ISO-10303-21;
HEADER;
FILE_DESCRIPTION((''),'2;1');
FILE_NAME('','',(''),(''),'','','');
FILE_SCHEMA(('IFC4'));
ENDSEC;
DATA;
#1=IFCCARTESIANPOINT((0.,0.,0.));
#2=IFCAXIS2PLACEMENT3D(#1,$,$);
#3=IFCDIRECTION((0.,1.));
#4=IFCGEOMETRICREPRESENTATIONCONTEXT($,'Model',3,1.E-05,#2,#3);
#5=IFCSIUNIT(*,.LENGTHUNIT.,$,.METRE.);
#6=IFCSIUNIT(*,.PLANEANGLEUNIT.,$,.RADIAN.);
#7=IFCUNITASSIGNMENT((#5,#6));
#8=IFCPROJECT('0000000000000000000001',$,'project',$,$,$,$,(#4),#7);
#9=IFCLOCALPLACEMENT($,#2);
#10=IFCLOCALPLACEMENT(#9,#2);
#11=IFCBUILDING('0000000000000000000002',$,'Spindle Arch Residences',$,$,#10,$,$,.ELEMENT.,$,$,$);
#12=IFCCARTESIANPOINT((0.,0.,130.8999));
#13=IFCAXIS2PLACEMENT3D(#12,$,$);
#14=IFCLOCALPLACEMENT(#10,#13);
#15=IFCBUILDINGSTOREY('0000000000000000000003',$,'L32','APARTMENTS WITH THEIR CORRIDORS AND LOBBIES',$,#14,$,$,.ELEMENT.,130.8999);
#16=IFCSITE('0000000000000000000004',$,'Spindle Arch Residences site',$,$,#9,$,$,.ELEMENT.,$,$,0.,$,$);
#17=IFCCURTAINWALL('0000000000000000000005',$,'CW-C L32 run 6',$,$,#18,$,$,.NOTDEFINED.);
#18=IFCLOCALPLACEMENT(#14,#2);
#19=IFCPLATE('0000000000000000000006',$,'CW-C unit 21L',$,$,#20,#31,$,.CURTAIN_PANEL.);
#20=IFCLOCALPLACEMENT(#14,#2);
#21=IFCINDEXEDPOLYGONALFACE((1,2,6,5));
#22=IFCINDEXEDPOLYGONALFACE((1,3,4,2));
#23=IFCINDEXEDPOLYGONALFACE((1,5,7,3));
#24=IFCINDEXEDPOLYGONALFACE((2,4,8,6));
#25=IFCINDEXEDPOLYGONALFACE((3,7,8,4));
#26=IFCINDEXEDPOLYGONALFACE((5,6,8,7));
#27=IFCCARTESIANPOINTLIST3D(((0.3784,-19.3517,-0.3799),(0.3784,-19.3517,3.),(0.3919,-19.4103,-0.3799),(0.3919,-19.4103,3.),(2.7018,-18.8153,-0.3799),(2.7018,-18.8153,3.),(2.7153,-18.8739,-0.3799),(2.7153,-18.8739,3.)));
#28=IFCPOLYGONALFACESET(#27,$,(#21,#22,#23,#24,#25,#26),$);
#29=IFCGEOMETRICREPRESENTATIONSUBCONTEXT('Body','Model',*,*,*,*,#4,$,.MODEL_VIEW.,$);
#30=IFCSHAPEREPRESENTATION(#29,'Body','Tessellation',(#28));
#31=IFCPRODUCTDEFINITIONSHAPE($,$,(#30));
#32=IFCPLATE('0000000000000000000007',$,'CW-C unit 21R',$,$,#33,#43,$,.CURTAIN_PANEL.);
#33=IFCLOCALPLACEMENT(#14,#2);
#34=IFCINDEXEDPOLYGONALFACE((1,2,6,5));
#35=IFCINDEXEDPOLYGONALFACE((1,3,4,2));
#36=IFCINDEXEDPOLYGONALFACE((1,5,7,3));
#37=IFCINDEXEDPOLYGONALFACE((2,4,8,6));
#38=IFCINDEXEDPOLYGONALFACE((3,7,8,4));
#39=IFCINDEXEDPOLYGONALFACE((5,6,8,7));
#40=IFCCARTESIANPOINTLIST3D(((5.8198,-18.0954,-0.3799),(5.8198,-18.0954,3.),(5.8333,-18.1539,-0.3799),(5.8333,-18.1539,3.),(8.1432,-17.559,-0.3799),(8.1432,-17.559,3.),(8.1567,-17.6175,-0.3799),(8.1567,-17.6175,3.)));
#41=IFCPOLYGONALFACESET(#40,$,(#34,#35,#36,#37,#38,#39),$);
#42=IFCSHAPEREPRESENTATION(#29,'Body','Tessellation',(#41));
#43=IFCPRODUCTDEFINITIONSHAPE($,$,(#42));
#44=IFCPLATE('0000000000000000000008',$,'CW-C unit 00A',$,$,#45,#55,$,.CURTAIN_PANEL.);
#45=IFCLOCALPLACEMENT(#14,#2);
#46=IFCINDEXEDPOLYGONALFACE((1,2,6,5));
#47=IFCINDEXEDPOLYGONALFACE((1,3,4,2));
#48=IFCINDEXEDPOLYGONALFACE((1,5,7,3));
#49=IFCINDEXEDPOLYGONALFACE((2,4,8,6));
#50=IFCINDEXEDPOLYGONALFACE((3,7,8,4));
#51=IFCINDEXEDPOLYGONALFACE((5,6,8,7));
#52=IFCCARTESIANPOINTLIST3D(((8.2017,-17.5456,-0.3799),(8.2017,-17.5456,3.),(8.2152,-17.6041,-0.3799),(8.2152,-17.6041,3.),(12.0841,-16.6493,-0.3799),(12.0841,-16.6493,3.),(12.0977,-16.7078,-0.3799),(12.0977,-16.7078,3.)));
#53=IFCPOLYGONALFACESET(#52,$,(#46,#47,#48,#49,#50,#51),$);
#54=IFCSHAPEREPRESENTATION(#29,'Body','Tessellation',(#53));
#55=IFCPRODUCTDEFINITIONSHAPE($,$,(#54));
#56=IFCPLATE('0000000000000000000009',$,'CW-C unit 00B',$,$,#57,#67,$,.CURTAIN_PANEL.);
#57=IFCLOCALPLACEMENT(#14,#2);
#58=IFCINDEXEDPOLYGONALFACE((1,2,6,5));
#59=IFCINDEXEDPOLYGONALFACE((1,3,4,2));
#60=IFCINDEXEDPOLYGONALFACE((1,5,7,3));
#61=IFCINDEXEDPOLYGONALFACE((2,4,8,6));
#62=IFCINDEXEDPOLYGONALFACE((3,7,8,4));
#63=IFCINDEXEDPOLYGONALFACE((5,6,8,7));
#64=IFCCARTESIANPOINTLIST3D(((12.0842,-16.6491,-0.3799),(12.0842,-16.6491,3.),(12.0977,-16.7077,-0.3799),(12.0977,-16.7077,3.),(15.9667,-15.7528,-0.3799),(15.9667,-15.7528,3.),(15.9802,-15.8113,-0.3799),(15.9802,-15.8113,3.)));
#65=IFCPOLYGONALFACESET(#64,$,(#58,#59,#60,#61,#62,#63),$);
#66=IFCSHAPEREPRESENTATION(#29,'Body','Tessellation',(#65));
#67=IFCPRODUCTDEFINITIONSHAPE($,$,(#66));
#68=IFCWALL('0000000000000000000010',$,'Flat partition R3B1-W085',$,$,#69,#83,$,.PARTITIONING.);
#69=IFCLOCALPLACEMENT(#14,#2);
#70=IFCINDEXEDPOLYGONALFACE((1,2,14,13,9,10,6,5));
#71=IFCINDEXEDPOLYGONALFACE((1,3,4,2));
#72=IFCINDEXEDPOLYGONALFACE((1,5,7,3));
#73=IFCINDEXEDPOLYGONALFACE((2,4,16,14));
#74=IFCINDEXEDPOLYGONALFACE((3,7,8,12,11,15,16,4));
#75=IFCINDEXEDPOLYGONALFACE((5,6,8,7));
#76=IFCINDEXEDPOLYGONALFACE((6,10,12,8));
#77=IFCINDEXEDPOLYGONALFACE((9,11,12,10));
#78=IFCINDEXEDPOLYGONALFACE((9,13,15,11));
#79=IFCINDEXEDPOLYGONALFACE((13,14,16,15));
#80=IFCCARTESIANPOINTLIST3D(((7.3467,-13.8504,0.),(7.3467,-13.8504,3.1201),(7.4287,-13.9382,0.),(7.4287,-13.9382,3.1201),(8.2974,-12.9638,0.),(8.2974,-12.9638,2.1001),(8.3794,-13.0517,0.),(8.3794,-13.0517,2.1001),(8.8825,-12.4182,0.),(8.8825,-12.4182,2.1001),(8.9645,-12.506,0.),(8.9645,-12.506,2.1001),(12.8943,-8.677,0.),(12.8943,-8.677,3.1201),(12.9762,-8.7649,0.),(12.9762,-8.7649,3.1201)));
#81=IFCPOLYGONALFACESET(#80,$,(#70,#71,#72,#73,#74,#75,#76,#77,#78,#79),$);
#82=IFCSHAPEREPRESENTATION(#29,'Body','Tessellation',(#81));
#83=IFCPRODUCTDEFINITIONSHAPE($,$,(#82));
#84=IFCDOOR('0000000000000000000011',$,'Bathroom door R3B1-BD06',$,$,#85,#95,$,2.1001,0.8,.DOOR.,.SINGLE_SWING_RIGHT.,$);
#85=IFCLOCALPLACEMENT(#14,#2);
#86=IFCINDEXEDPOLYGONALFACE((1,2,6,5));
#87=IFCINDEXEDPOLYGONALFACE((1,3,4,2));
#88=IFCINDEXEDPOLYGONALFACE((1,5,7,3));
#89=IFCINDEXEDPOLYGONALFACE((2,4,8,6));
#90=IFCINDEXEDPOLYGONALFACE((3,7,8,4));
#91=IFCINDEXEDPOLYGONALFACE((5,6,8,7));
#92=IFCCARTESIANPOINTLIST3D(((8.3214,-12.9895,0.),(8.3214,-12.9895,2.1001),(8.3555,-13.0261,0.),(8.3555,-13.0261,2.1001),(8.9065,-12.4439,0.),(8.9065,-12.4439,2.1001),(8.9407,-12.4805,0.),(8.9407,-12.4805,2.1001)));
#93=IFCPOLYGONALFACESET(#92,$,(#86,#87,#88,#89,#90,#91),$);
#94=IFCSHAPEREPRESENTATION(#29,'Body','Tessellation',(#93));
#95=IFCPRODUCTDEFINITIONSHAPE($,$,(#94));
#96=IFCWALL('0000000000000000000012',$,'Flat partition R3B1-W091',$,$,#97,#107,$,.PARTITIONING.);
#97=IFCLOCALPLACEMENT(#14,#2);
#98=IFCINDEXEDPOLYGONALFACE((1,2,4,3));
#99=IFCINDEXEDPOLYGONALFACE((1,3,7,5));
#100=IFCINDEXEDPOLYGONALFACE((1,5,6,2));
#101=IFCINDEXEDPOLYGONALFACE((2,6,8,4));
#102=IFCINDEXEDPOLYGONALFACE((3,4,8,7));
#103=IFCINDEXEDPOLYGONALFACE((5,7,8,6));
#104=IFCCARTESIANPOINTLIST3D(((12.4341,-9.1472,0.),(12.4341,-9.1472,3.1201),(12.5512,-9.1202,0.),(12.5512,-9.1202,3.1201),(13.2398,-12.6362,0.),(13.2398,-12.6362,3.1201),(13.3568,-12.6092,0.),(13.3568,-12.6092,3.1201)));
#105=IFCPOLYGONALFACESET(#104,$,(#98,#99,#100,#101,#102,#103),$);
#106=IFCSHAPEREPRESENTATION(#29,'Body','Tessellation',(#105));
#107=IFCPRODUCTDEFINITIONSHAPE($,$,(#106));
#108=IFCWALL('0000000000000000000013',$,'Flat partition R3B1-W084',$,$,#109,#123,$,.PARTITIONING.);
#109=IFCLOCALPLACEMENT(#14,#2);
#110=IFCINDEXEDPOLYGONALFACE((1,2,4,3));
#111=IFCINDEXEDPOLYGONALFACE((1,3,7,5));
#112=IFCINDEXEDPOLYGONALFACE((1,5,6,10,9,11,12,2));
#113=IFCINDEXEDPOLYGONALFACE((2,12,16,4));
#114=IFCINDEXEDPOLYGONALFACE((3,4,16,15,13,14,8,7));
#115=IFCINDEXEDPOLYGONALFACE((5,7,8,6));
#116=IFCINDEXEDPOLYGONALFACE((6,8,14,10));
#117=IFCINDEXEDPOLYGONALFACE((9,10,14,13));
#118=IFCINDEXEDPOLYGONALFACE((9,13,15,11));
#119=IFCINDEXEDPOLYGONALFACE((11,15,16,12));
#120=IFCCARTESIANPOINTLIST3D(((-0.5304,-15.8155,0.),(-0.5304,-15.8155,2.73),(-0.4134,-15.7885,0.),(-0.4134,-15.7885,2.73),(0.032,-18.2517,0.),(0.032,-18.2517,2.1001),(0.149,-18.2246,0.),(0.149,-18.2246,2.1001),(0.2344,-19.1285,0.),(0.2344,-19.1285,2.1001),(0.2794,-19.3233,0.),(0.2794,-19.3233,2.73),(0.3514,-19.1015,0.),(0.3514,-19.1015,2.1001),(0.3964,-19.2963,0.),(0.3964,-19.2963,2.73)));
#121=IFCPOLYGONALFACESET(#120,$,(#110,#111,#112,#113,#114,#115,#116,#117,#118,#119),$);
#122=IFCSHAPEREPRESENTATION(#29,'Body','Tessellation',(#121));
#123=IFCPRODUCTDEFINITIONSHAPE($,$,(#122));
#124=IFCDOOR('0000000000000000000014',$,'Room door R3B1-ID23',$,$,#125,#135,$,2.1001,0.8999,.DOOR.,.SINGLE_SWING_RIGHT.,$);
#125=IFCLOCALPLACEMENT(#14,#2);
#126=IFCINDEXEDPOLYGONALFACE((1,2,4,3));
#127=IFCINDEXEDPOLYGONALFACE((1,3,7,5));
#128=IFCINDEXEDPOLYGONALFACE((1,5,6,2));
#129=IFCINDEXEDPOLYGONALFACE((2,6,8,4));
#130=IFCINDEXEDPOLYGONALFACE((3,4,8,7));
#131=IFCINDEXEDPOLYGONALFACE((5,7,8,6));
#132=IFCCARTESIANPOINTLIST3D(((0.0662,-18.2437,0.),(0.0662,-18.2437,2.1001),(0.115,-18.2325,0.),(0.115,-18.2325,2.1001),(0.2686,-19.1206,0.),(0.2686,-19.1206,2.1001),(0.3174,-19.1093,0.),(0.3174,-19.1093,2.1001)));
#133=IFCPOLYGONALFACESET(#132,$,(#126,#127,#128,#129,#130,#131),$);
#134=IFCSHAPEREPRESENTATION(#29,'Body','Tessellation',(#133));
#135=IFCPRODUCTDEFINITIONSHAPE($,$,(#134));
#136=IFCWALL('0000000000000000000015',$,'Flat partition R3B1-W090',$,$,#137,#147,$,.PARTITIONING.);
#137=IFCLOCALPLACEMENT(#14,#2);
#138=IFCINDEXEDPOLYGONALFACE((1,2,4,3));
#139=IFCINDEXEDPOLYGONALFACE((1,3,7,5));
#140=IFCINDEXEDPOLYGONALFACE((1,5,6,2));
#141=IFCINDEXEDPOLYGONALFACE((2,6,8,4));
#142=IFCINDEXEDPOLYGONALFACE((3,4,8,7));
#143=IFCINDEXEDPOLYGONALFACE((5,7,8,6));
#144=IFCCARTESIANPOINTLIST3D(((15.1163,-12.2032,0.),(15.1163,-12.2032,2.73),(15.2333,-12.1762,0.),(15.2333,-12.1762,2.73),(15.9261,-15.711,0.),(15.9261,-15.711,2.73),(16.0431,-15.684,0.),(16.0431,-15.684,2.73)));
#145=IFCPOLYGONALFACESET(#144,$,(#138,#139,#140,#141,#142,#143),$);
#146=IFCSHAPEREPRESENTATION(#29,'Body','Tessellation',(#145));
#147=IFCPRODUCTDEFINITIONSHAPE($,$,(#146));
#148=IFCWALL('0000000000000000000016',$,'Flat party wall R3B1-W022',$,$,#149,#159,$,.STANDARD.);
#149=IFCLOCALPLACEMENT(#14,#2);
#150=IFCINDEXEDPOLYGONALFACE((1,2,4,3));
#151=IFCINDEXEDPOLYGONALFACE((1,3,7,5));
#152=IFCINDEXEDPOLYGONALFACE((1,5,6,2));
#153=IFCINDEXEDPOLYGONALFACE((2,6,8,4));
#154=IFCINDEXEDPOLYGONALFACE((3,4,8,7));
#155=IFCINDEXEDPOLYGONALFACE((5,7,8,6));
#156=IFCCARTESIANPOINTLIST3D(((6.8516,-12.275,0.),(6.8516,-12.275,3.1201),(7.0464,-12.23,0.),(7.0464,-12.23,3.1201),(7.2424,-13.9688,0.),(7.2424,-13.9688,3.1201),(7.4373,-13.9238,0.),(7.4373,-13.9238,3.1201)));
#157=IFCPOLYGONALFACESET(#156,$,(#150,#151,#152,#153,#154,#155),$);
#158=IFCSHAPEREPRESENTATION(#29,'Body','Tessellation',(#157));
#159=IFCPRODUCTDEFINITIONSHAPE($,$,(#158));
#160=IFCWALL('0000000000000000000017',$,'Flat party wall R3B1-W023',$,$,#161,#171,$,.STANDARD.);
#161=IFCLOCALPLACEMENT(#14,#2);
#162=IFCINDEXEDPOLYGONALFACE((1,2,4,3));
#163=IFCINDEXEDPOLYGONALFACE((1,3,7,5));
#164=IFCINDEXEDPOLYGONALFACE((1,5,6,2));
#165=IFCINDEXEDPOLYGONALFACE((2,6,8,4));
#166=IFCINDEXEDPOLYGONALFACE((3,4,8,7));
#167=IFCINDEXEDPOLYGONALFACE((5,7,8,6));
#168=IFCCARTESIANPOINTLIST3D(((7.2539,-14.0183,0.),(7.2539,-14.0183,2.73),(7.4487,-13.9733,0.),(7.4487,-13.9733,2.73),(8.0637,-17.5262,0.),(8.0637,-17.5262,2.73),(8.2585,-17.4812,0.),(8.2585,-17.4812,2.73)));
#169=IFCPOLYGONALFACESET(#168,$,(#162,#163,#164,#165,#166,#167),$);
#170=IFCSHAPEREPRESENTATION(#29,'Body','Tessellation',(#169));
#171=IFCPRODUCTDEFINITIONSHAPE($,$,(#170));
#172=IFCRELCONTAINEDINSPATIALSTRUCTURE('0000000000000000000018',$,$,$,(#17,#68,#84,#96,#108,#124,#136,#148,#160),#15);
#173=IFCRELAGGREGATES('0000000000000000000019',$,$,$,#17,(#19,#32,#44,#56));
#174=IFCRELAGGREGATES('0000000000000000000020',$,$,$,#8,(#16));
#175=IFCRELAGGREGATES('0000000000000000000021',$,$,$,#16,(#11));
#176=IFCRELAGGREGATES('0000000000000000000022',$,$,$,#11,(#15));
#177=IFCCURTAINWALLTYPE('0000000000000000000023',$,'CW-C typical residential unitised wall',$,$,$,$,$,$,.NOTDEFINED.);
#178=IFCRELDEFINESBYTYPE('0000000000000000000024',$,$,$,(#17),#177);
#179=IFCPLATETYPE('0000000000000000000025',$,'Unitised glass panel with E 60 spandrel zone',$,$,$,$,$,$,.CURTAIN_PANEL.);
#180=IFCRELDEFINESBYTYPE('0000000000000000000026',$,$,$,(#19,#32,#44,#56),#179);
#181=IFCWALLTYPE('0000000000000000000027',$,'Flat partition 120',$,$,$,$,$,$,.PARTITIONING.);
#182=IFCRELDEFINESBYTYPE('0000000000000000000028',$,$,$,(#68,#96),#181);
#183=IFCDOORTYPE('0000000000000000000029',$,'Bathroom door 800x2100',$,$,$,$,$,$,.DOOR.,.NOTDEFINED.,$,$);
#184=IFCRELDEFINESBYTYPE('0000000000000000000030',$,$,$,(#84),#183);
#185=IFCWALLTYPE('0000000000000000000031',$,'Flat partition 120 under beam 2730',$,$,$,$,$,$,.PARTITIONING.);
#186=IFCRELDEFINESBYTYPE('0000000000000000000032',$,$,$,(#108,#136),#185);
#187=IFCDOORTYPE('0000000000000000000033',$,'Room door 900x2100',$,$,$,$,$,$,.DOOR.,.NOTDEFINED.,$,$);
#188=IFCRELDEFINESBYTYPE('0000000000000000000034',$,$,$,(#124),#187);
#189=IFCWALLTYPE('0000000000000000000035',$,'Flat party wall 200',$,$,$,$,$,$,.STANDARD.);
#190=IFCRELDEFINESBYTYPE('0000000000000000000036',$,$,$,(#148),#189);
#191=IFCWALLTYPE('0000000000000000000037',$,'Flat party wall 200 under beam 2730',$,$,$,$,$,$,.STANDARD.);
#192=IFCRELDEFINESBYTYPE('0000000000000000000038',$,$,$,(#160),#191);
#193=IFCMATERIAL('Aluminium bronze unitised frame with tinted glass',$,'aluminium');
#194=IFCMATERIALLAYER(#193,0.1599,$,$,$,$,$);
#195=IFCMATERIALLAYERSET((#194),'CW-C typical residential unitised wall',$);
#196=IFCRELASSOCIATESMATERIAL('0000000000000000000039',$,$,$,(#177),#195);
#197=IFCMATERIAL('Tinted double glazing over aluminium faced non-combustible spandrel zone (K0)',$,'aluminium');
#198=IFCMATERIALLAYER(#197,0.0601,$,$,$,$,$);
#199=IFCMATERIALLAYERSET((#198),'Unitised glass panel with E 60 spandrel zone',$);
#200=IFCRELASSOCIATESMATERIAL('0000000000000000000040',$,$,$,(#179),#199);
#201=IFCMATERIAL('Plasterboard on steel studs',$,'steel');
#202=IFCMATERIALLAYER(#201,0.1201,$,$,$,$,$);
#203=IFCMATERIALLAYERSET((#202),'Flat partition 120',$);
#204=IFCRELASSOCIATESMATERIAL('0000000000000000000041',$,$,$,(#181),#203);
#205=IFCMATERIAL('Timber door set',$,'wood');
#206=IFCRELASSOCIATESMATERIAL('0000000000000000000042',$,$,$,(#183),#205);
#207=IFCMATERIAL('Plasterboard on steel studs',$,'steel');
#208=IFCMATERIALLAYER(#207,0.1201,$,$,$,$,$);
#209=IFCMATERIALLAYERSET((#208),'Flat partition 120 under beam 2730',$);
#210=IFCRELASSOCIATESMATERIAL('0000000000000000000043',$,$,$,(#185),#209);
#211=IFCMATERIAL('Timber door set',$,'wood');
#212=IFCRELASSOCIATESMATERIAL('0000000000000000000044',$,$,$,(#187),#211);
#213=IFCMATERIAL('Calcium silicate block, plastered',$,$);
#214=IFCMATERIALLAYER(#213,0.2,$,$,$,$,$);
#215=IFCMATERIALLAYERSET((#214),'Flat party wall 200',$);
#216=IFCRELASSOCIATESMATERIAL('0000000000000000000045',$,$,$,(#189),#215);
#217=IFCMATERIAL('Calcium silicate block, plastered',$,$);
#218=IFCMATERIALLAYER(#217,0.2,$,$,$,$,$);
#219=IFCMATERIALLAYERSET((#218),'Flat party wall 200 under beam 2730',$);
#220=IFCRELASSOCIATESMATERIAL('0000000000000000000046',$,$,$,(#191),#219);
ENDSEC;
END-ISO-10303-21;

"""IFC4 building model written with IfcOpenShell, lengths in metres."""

from ifc_helpers import new_model, si_unit, direction, frame, frame_2d, origin, origin_2d, place, context, subcontext, project, spatial, rectangle, extrude, material, layer, layer_set, type_object, element, fill, aggregate, save


model = new_model("IFC4")

# Units and contexts
model_context = context("Model", 3, precision=1e-05, world=origin(), true_north=direction((0.0, 1.0)))
body_context = subcontext(model_context, "Body", "Model", "MODEL_VIEW")
ifc_project = project(units=[si_unit("LENGTHUNIT", "METRE"), si_unit("PLANEANGLEUNIT", "RADIAN")], contexts=[model_context])

# Site, building, storey
site_placement = place(None, origin())
site = spatial("IfcSite", under=ifc_project, at=site_placement, Name="Spindle Arch Residences site", CompositionType="ELEMENT", RefElevation=0.0)
building_placement = place(site_placement, origin())
building = spatial("IfcBuilding", under=site, at=building_placement, Name="Spindle Arch Residences", CompositionType="ELEMENT")
storey_placement = place(building_placement, frame((0.0, 0.0, 130.8999)))
storey = spatial("IfcBuildingStorey", under=building, at=storey_placement, Name="L32", Description="APARTMENTS WITH THEIR CORRIDORS AND LOBBIES", CompositionType="ELEMENT", Elevation=130.8999)

# Curtain wall
ifc_material_1 = material(Name="Aluminium bronze unitised frame with tinted glass", Category="aluminium")
ifc_layer_1 = layer(ifc_material_1, 0.1599)
ifc_layer_set_1 = layer_set([ifc_layer_1], Name="CW-C typical residential unitised wall")
curtain_wall_type_1 = type_object("IfcCurtainWallType", Name="CW-C typical residential unitised wall", PredefinedType="NOTDEFINED", material=ifc_layer_set_1)
curtain_wall_1_placement = place(storey_placement, origin())
curtain_wall_1 = element("IfcCurtainWall", 1, at=curtain_wall_1_placement, inside=storey, type_object=curtain_wall_type_1, Name="CW-C L32 run 6", PredefinedType="NOTDEFINED")

# Plates
ifc_material_2 = material(Name="Tinted double glazing over aluminium faced non-combustible spandrel zone (K0)", Category="aluminium")
ifc_layer_2 = layer(ifc_material_2, 0.0601)
ifc_layer_set_2 = layer_set([ifc_layer_2], Name="Unitised glass panel with E 60 spandrel zone")
plate_type = type_object("IfcPlateType", Name="Unitised glass panel with E 60 spandrel zone", PredefinedType="CURTAIN_PANEL", material=ifc_layer_set_2)
plate_1_placement = place(storey_placement, frame((1.5469, -19.1128, -0.3799), z_axis=(0.0, 0.0, 1.0), x_axis=(0.97437, 0.224951, 0.0)))
plate_1 = element("IfcPlate", 2, at=plate_1_placement, type_object=plate_type, Name="CW-C unit 21L", PredefinedType="CURTAIN_PANEL", context=body_context, shape_type="SweptSolid", body=[
    extrude(rectangle(XDim=2.3845, YDim=0.0601, at=origin_2d()), origin(), (0.0, 0.0, 1.0), 3.3799),
])
plate_2_placement = place(storey_placement, frame((6.9883, -17.8564, -0.3799), z_axis=(0.0, 0.0, 1.0), x_axis=(0.97437, 0.224951, 0.0)))
plate_2 = element("IfcPlate", 3, at=plate_2_placement, type_object=plate_type, Name="CW-C unit 21R", PredefinedType="CURTAIN_PANEL", context=body_context, shape_type="SweptSolid", body=[
    extrude(rectangle(XDim=2.3845, YDim=0.0601, at=origin_2d()), origin(), (0.0, 0.0, 1.0), 3.3799),
])
plate_3_placement = place(storey_placement, frame((10.1497, -17.1267, -0.3799), z_axis=(0.0, 0.0, 1.0), x_axis=(0.97437, 0.224951, 0.0)))
plate_3 = element("IfcPlate", 4, at=plate_3_placement, type_object=plate_type, Name="CW-C unit 00A", PredefinedType="CURTAIN_PANEL", context=body_context, shape_type="SweptSolid", body=[
    extrude(rectangle(XDim=3.9846, YDim=0.0601, at=origin_2d()), origin(), (0.0, 0.0, 1.0), 3.3799),
])
plate_4_placement = place(storey_placement, frame((14.0322, -16.2302, -0.3799), z_axis=(0.0, 0.0, 1.0), x_axis=(0.97437, 0.224951, 0.0)))
plate_4 = element("IfcPlate", 5, at=plate_4_placement, type_object=plate_type, Name="CW-C unit 00B", PredefinedType="CURTAIN_PANEL", context=body_context, shape_type="SweptSolid", body=[
    extrude(rectangle(XDim=3.9846, YDim=0.0601, at=origin_2d()), origin(), (0.0, 0.0, 1.0), 3.3799),
])
aggregate(curtain_wall_1, [plate_1, plate_2, plate_3, plate_4])

# Wall, opening, door
ifc_material_3 = material(Name="Plasterboard on steel studs", Category="steel")
ifc_layer_3 = layer(ifc_material_3, 0.1201)
ifc_layer_set_3 = layer_set([ifc_layer_3], Name="Flat partition 120")
wall_type_1 = type_object("IfcWallType", Name="Flat partition 120", PredefinedType="PARTITIONING", material=ifc_layer_set_3)
wall_1_placement = place(storey_placement, frame((7.3877, -13.8943, 0.0), z_axis=(0.0, 0.0, 1.0), x_axis=(0.731346, 0.682006, 0.0)))
wall_1 = element("IfcWall", 6, at=wall_1_placement, inside=storey, type_object=wall_type_1, Name="Flat partition R3B1-W085", PredefinedType="PARTITIONING", context=body_context, shape_type="SweptSolid", body=[
    extrude(rectangle(XDim=7.5854, YDim=0.1201, at=frame_2d((3.7927, 0.0))), origin(), (0.0, 0.0, 1.0), 3.1201),
])
opening_1_placement = place(wall_1_placement, frame((1.3, 0.0, 0.0)))
opening_1 = element("IfcOpeningElement", 7, at=opening_1_placement, cuts=wall_1, PredefinedType="OPENING", context=body_context, shape_type="SweptSolid", body=[
    extrude(rectangle(XDim=0.8, YDim=2.1001, at=frame_2d((0.3999, 1.05))), frame((0.0, 0.0701, 0.0), z_axis=(0.0, -1.0, 0.0), x_axis=(1.0, 0.0, 0.0)), (0.0, 0.0, 1.0), 0.1401),
])
ifc_material_4 = material(Name="Timber door set", Category="wood")
door_type_1 = type_object("IfcDoorType", Name="Bathroom door 800x2100", OperationType="NOTDEFINED", PredefinedType="DOOR", material=ifc_material_4)
door_1_placement = place(opening_1_placement, origin())
door_1 = element("IfcDoor", 8, at=door_1_placement, inside=storey, type_object=door_type_1, Name="Bathroom door R3B1-BD06", OperationType="SINGLE_SWING_RIGHT", OverallHeight=2.1001, OverallWidth=0.8, PredefinedType="DOOR", context=body_context, shape_type="SweptSolid", body=[
    extrude(rectangle(XDim=0.8, YDim=2.1001, at=frame_2d((0.3999, 1.05))), frame((0.0, 0.0249, 0.0), z_axis=(0.0, -1.0, 0.0), x_axis=(1.0, 0.0, 0.0)), (0.0, 0.0, 1.0), 0.05),
])
fill(opening_1, door_1)

# Wall
wall_2_placement = place(storey_placement, frame((13.2983, -12.6228, 0.0), z_axis=(0.0, 0.0, 1.0), x_axis=(-0.224994, 0.97436, 0.0)))
element("IfcWall", 9, at=wall_2_placement, inside=storey, type_object=wall_type_1, Name="Flat partition R3B1-W091", PredefinedType="PARTITIONING", context=body_context, shape_type="SweptSolid", body=[
    extrude(rectangle(XDim=3.5808, YDim=0.1201, at=frame_2d((1.7905, 0.0))), origin(), (0.0, 0.0, 1.0), 3.1201),
])

# Wall, opening, door
ifc_material_5 = material(Name="Plasterboard on steel studs", Category="steel")
ifc_layer_4 = layer(ifc_material_5, 0.1201)
ifc_layer_set_4 = layer_set([ifc_layer_4], Name="Flat partition 120 under beam 2730")
wall_type_2 = type_object("IfcWallType", Name="Flat partition 120 under beam 2730", PredefinedType="PARTITIONING", material=ifc_layer_set_4)
wall_3_placement = place(storey_placement, frame((0.3379, -19.3098, 0.0), z_axis=(0.0, 0.0, 1.0), x_axis=(-0.224944, 0.974372, 0.0)))
wall_3 = element("IfcWall", 10, at=wall_3_placement, inside=storey, type_object=wall_type_2, Name="Flat partition R3B1-W084", PredefinedType="PARTITIONING", context=body_context, shape_type="SweptSolid", body=[
    extrude(rectangle(XDim=3.6001, YDim=0.1201, at=frame_2d((1.8, 0.0))), origin(), (0.0, 0.0, 1.0), 2.73),
])
opening_2_placement = place(wall_3_placement, frame((0.2, 0.0, 0.0)))
opening_2 = element("IfcOpeningElement", 11, at=opening_2_placement, cuts=wall_3, PredefinedType="OPENING", context=body_context, shape_type="SweptSolid", body=[
    extrude(rectangle(XDim=0.8999, YDim=2.1001, at=frame_2d((0.45, 1.05))), frame((0.0, 0.0701, 0.0), z_axis=(0.0, -1.0, 0.0), x_axis=(1.0, 0.0, 0.0)), (0.0, 0.0, 1.0), 0.1401),
])
ifc_material_6 = material(Name="Timber door set", Category="wood")
door_type_2 = type_object("IfcDoorType", Name="Room door 900x2100", OperationType="NOTDEFINED", PredefinedType="DOOR", material=ifc_material_6)
door_2_placement = place(opening_2_placement, origin())
door_2 = element("IfcDoor", 12, at=door_2_placement, inside=storey, type_object=door_type_2, Name="Room door R3B1-ID23", OperationType="SINGLE_SWING_RIGHT", OverallHeight=2.1001, OverallWidth=0.8999, PredefinedType="DOOR", context=body_context, shape_type="SweptSolid", body=[
    extrude(rectangle(XDim=0.8999, YDim=2.1001, at=frame_2d((0.45, 1.05))), frame((0.0, 0.0249, 0.0), z_axis=(0.0, -1.0, 0.0), x_axis=(1.0, 0.0, 0.0)), (0.0, 0.0, 1.0), 0.05),
])
fill(opening_2, door_2)

# Walls
wall_4_placement = place(storey_placement, frame((15.9846, -15.6975, 0.0), z_axis=(0.0, 0.0, 1.0), x_axis=(-0.224944, 0.974372, 0.0)))
element("IfcWall", 13, at=wall_4_placement, inside=storey, type_object=wall_type_2, Name="Flat partition R3B1-W090", PredefinedType="PARTITIONING", context=body_context, shape_type="SweptSolid", body=[
    extrude(rectangle(XDim=3.6001, YDim=0.1201, at=frame_2d((1.8, 0.0))), origin(), (0.0, 0.0, 1.0), 2.73),
])
ifc_material_7 = material(Name="Calcium silicate block, plastered")
ifc_layer_5 = layer(ifc_material_7, 0.2)
ifc_layer_set_5 = layer_set([ifc_layer_5], Name="Flat party wall 200")
wall_type_3 = type_object("IfcWallType", Name="Flat party wall 200", PredefinedType="STANDARD", material=ifc_layer_set_5)
wall_5_placement = place(storey_placement, frame((7.3398, -13.9463, 0.0), z_axis=(0.0, 0.0, 1.0), x_axis=(-0.224849, 0.974394, 0.0)))
element("IfcWall", 14, at=wall_5_placement, inside=storey, type_object=wall_type_3, Name="Flat party wall R3B1-W022", PredefinedType="STANDARD", context=body_context, shape_type="SweptSolid", body=[
    extrude(rectangle(XDim=1.7383, YDim=0.2, at=frame_2d((0.8691, 0.0))), origin(), (0.0, 0.0, 1.0), 3.1201),
])
ifc_material_8 = material(Name="Calcium silicate block, plastered")
ifc_layer_6 = layer(ifc_material_8, 0.2)
ifc_layer_set_6 = layer_set([ifc_layer_6], Name="Flat party wall 200 under beam 2730")
wall_type_4 = type_object("IfcWallType", Name="Flat party wall 200 under beam 2730", PredefinedType="STANDARD", material=ifc_layer_set_6)
wall_6_placement = place(storey_placement, frame((8.1611, -17.5037, 0.0), z_axis=(0.0, 0.0, 1.0), x_axis=(-0.224944, 0.974372, 0.0)))
element("IfcWall", 15, at=wall_6_placement, inside=storey, type_object=wall_type_4, Name="Flat party wall R3B1-W023", PredefinedType="STANDARD", context=body_context, shape_type="SweptSolid", body=[
    extrude(rectangle(XDim=3.6001, YDim=0.2, at=frame_2d((1.8, 0.0))), origin(), (0.0, 0.0, 1.0), 2.73),
])

save(model, "model.ifc")
